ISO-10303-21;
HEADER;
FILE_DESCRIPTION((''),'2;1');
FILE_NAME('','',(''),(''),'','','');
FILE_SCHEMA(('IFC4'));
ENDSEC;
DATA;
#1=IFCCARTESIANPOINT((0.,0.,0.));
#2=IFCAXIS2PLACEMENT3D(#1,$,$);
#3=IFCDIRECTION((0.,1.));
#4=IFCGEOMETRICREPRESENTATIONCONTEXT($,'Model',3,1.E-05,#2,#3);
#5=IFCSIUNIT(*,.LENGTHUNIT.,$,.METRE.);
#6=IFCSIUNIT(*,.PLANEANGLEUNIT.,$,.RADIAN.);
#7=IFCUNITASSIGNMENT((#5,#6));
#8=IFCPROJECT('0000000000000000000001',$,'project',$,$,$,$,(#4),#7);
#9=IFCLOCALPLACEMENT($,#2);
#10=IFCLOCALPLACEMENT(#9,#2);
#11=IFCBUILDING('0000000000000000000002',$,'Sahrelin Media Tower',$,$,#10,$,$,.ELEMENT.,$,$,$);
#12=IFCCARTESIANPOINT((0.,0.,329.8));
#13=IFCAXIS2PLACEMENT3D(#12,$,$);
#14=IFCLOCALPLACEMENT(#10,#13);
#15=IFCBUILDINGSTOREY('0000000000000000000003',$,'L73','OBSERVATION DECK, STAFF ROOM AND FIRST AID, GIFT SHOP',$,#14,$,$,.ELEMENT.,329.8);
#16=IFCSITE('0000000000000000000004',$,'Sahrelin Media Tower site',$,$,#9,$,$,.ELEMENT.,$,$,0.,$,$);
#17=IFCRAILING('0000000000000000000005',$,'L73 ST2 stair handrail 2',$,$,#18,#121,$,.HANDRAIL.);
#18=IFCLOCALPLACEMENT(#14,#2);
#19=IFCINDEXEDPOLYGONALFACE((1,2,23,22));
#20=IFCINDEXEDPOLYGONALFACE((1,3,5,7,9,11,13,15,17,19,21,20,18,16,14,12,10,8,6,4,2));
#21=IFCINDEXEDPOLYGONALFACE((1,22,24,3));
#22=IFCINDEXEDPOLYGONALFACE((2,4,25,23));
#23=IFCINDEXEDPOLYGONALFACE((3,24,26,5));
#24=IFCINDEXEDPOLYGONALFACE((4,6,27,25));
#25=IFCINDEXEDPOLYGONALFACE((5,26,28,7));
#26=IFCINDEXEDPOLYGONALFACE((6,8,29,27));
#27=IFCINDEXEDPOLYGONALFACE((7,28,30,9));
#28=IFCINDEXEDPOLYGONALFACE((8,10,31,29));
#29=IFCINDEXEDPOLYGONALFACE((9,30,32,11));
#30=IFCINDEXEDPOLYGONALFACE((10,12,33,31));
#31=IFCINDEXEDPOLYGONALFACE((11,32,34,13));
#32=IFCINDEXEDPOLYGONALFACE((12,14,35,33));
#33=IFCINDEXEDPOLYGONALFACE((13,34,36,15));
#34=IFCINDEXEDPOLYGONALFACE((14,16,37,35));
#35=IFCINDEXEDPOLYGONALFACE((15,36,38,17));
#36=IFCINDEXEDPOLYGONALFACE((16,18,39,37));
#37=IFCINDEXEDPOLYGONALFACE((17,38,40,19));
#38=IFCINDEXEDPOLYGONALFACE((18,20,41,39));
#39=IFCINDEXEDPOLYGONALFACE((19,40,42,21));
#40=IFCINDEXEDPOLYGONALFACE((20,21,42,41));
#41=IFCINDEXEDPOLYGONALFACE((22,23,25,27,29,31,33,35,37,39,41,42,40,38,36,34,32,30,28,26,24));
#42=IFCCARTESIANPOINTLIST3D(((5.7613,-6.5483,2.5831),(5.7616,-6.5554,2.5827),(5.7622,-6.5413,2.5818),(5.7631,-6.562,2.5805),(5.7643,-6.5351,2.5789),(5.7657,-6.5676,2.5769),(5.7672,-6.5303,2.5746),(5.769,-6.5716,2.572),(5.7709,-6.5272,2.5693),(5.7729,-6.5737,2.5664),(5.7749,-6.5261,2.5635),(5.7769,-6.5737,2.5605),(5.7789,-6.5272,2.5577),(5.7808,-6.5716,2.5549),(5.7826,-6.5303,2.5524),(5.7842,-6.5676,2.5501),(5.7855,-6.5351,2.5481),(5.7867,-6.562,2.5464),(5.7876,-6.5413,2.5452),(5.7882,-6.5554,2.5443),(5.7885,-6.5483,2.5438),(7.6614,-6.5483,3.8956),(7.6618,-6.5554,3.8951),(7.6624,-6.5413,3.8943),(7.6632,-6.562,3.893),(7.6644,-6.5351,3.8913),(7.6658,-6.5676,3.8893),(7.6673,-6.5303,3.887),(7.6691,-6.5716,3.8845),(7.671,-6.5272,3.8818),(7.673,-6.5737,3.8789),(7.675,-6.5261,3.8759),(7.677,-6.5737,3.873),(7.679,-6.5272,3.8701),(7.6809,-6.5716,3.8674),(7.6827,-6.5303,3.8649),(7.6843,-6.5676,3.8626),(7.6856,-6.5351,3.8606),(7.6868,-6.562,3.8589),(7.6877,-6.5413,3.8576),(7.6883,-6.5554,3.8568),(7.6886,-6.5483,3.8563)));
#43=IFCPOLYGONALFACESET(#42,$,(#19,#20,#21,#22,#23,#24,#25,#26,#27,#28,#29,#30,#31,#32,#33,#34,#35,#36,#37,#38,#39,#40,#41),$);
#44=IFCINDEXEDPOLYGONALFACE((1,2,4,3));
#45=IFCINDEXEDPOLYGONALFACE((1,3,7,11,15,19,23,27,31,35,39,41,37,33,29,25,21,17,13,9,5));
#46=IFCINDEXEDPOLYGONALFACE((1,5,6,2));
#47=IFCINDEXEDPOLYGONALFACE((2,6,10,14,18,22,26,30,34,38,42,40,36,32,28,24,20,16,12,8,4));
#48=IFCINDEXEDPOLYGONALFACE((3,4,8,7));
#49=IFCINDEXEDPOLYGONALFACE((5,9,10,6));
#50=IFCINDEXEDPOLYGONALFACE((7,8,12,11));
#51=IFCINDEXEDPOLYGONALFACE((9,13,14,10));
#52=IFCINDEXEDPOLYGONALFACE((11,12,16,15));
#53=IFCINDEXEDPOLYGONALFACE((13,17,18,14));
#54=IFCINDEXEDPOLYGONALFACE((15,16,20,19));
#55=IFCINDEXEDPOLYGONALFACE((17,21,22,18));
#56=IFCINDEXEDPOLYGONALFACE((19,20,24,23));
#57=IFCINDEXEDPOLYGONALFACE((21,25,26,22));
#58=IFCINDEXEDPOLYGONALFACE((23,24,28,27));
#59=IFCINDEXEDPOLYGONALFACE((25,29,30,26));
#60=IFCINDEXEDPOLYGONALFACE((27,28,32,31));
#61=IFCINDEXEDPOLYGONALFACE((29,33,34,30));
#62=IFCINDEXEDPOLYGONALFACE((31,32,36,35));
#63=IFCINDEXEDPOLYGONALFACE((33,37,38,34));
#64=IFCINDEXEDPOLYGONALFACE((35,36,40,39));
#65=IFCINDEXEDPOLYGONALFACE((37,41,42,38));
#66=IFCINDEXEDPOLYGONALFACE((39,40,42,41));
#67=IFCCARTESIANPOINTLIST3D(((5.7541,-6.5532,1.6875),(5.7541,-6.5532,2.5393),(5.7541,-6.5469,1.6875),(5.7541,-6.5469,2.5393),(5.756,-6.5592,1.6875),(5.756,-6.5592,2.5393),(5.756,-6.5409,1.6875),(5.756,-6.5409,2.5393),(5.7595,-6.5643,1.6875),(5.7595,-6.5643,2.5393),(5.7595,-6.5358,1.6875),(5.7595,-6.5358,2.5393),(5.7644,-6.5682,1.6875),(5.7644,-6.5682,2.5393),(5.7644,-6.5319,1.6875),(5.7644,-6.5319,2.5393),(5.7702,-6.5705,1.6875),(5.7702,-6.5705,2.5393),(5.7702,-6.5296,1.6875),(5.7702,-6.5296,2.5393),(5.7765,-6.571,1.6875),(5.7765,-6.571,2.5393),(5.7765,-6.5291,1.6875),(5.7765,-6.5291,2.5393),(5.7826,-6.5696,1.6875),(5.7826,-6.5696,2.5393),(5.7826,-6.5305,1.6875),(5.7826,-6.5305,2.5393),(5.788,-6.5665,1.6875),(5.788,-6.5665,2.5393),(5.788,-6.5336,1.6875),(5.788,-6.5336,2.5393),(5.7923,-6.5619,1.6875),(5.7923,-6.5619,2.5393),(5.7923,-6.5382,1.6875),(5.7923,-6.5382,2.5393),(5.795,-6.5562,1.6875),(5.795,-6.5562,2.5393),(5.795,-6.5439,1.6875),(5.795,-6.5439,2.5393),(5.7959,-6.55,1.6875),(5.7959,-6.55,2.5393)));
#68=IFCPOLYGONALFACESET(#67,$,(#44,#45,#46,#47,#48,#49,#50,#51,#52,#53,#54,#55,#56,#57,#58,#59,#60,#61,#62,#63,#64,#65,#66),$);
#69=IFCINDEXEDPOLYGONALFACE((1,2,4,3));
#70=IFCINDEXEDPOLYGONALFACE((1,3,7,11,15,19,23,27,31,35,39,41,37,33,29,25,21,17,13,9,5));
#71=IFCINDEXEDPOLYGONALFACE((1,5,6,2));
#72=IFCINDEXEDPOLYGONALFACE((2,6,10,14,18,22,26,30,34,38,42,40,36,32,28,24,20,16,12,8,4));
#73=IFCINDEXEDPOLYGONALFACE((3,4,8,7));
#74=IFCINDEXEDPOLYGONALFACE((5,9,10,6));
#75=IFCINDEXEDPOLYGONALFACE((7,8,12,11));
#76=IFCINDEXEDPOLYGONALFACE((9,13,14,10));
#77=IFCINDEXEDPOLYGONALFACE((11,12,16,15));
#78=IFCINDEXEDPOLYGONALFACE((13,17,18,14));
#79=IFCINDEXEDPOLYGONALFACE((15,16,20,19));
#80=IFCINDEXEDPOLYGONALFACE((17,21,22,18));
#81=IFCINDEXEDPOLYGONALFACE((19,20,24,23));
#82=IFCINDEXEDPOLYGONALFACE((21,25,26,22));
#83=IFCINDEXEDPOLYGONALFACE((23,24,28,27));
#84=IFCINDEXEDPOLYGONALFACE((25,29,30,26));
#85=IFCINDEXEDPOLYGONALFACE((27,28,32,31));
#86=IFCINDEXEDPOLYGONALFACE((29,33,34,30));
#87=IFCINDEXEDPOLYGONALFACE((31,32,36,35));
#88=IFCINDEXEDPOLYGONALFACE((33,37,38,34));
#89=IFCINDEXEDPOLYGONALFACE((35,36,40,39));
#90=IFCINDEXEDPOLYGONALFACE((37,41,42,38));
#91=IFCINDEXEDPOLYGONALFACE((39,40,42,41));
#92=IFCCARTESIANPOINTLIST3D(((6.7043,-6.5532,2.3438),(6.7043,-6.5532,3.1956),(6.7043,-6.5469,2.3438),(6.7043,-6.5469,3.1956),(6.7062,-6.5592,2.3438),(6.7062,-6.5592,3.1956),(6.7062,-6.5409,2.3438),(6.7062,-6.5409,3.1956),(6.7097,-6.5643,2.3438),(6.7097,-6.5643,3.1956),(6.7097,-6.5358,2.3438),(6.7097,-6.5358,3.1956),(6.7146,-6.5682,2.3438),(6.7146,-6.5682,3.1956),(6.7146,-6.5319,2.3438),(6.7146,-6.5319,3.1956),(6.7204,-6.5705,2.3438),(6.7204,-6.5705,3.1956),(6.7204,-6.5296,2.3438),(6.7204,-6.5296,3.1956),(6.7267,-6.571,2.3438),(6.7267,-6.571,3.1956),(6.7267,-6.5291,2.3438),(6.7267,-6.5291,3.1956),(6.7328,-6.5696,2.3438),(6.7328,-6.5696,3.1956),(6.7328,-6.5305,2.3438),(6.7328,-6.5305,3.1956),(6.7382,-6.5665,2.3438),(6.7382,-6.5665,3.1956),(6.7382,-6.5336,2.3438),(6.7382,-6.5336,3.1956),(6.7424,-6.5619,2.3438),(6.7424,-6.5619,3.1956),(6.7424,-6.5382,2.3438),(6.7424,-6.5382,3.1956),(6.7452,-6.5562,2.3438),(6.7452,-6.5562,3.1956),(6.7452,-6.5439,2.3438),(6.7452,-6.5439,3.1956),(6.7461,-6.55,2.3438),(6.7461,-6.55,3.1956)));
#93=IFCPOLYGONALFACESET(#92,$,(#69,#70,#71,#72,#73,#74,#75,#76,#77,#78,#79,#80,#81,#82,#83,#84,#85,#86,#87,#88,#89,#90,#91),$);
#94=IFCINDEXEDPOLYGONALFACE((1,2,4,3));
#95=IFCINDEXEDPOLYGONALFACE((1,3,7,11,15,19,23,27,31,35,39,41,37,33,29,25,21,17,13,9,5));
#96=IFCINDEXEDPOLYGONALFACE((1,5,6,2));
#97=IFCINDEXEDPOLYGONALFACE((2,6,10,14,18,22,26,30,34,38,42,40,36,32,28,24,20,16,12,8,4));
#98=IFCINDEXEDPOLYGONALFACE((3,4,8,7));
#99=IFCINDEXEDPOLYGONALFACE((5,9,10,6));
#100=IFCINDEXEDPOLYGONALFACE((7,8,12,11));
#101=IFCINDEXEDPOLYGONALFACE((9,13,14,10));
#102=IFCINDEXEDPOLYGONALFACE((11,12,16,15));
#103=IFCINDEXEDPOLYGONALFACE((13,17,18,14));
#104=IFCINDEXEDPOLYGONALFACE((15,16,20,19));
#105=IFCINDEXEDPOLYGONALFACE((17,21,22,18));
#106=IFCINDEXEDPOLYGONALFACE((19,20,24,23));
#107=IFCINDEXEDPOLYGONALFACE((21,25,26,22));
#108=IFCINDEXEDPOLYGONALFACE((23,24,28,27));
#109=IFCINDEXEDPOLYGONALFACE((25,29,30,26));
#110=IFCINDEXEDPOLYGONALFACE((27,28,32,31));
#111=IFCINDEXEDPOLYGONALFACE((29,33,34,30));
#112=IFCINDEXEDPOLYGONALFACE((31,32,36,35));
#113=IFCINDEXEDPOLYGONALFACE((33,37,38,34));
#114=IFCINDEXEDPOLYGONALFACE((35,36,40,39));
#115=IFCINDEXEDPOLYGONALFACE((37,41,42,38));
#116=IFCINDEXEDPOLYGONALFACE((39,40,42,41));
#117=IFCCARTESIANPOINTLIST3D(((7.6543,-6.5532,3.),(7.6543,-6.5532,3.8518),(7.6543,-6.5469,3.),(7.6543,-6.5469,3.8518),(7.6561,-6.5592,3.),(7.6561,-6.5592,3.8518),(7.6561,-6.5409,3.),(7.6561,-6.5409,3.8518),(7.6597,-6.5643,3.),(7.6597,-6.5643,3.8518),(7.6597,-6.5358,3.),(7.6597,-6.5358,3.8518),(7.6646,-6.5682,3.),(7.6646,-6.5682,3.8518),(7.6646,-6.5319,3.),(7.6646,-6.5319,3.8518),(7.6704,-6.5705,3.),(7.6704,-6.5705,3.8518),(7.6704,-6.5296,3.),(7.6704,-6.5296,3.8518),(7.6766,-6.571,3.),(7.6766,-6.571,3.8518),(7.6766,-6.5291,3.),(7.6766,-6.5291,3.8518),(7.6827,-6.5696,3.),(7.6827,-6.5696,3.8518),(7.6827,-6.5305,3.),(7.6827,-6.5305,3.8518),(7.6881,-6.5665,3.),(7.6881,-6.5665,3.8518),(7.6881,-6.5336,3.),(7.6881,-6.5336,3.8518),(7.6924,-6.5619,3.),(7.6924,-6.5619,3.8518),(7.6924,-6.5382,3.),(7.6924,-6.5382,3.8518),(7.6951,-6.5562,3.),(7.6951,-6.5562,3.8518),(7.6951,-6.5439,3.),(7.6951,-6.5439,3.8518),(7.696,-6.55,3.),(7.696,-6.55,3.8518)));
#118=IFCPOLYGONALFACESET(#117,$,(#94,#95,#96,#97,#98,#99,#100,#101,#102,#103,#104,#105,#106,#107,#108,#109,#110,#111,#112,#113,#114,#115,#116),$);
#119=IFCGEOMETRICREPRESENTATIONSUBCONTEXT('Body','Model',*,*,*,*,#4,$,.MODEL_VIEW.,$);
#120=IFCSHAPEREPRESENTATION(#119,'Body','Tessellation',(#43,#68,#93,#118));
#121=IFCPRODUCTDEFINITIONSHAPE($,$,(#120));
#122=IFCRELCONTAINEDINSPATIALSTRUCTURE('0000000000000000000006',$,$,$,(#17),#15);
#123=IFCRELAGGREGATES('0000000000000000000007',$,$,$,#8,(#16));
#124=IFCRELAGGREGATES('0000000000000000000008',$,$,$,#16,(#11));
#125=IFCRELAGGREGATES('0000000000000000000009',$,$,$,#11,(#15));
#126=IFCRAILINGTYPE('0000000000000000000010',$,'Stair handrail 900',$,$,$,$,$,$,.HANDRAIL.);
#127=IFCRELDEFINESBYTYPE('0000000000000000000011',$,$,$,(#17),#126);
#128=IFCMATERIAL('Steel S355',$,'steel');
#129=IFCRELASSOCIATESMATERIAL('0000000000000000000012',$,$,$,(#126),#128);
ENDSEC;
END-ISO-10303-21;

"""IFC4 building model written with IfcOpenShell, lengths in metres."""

from ifc_helpers import new_model, si_unit, direction, frame, origin, origin_2d, place, context, subcontext, project, spatial, circle, extrude, material, type_object, element, save


model = new_model("IFC4")

# Units and contexts
model_context = context("Model", 3, precision=1e-05, world=origin(), true_north=direction((0.0, 1.0)))
body_context = subcontext(model_context, "Body", "Model", "MODEL_VIEW")
ifc_project = project(units=[si_unit("LENGTHUNIT", "METRE"), si_unit("PLANEANGLEUNIT", "RADIAN")], contexts=[model_context])

# Site, building, storey
site_placement = place(None, origin())
site = spatial("IfcSite", under=ifc_project, at=site_placement, Name="Sahrelin Media Tower site", CompositionType="ELEMENT", RefElevation=0.0)
building_placement = place(site_placement, origin())
building = spatial("IfcBuilding", under=site, at=building_placement, Name="Sahrelin Media Tower", CompositionType="ELEMENT")
storey_placement = place(building_placement, frame((0.0, 0.0, 329.8)))
storey = spatial("IfcBuildingStorey", under=building, at=storey_placement, Name="L73", Description="OBSERVATION DECK, STAFF ROOM AND FIRST AID, GIFT SHOP", CompositionType="ELEMENT", Elevation=329.8)

# Shared definitions
ifc_material_1 = material(Name="Steel S355", Category="steel")

# Railing
railing_type_1 = type_object("IfcRailingType", Name="Stair handrail 900", PredefinedType="HANDRAIL", material=ifc_material_1)
railing_1_placement = place(storey_placement, frame((5.7749, -6.55, 1.6875)))
element("IfcRailing", 1, at=railing_1_placement, inside=storey, type_object=railing_type_1, Name="L73 ST2 stair handrail 2", PredefinedType="HANDRAIL", context=body_context, shape_type="SweptSolid", body=[
    extrude(circle(Radius=0.0239, at=origin_2d()), frame((0.0, 0.0, 0.876), z_axis=(0.822797, 0.0, 0.568336), x_axis=(0.0, 1.0, 0.0)), (0.0, 0.0, 1.0), 2.3093),
    extrude(circle(Radius=0.021, at=origin_2d()), origin(), (0.0, 0.0, 1.0), 0.8518),
    extrude(circle(Radius=0.021, at=origin_2d()), frame((0.9502, 0.0, 0.6562)), (0.0, 0.0, 1.0), 0.8518),
    extrude(circle(Radius=0.021, at=origin_2d()), frame((1.9001, 0.0, 1.3125)), (0.0, 0.0, 1.0), 0.8518),
])

save(model, "model.ifc")
